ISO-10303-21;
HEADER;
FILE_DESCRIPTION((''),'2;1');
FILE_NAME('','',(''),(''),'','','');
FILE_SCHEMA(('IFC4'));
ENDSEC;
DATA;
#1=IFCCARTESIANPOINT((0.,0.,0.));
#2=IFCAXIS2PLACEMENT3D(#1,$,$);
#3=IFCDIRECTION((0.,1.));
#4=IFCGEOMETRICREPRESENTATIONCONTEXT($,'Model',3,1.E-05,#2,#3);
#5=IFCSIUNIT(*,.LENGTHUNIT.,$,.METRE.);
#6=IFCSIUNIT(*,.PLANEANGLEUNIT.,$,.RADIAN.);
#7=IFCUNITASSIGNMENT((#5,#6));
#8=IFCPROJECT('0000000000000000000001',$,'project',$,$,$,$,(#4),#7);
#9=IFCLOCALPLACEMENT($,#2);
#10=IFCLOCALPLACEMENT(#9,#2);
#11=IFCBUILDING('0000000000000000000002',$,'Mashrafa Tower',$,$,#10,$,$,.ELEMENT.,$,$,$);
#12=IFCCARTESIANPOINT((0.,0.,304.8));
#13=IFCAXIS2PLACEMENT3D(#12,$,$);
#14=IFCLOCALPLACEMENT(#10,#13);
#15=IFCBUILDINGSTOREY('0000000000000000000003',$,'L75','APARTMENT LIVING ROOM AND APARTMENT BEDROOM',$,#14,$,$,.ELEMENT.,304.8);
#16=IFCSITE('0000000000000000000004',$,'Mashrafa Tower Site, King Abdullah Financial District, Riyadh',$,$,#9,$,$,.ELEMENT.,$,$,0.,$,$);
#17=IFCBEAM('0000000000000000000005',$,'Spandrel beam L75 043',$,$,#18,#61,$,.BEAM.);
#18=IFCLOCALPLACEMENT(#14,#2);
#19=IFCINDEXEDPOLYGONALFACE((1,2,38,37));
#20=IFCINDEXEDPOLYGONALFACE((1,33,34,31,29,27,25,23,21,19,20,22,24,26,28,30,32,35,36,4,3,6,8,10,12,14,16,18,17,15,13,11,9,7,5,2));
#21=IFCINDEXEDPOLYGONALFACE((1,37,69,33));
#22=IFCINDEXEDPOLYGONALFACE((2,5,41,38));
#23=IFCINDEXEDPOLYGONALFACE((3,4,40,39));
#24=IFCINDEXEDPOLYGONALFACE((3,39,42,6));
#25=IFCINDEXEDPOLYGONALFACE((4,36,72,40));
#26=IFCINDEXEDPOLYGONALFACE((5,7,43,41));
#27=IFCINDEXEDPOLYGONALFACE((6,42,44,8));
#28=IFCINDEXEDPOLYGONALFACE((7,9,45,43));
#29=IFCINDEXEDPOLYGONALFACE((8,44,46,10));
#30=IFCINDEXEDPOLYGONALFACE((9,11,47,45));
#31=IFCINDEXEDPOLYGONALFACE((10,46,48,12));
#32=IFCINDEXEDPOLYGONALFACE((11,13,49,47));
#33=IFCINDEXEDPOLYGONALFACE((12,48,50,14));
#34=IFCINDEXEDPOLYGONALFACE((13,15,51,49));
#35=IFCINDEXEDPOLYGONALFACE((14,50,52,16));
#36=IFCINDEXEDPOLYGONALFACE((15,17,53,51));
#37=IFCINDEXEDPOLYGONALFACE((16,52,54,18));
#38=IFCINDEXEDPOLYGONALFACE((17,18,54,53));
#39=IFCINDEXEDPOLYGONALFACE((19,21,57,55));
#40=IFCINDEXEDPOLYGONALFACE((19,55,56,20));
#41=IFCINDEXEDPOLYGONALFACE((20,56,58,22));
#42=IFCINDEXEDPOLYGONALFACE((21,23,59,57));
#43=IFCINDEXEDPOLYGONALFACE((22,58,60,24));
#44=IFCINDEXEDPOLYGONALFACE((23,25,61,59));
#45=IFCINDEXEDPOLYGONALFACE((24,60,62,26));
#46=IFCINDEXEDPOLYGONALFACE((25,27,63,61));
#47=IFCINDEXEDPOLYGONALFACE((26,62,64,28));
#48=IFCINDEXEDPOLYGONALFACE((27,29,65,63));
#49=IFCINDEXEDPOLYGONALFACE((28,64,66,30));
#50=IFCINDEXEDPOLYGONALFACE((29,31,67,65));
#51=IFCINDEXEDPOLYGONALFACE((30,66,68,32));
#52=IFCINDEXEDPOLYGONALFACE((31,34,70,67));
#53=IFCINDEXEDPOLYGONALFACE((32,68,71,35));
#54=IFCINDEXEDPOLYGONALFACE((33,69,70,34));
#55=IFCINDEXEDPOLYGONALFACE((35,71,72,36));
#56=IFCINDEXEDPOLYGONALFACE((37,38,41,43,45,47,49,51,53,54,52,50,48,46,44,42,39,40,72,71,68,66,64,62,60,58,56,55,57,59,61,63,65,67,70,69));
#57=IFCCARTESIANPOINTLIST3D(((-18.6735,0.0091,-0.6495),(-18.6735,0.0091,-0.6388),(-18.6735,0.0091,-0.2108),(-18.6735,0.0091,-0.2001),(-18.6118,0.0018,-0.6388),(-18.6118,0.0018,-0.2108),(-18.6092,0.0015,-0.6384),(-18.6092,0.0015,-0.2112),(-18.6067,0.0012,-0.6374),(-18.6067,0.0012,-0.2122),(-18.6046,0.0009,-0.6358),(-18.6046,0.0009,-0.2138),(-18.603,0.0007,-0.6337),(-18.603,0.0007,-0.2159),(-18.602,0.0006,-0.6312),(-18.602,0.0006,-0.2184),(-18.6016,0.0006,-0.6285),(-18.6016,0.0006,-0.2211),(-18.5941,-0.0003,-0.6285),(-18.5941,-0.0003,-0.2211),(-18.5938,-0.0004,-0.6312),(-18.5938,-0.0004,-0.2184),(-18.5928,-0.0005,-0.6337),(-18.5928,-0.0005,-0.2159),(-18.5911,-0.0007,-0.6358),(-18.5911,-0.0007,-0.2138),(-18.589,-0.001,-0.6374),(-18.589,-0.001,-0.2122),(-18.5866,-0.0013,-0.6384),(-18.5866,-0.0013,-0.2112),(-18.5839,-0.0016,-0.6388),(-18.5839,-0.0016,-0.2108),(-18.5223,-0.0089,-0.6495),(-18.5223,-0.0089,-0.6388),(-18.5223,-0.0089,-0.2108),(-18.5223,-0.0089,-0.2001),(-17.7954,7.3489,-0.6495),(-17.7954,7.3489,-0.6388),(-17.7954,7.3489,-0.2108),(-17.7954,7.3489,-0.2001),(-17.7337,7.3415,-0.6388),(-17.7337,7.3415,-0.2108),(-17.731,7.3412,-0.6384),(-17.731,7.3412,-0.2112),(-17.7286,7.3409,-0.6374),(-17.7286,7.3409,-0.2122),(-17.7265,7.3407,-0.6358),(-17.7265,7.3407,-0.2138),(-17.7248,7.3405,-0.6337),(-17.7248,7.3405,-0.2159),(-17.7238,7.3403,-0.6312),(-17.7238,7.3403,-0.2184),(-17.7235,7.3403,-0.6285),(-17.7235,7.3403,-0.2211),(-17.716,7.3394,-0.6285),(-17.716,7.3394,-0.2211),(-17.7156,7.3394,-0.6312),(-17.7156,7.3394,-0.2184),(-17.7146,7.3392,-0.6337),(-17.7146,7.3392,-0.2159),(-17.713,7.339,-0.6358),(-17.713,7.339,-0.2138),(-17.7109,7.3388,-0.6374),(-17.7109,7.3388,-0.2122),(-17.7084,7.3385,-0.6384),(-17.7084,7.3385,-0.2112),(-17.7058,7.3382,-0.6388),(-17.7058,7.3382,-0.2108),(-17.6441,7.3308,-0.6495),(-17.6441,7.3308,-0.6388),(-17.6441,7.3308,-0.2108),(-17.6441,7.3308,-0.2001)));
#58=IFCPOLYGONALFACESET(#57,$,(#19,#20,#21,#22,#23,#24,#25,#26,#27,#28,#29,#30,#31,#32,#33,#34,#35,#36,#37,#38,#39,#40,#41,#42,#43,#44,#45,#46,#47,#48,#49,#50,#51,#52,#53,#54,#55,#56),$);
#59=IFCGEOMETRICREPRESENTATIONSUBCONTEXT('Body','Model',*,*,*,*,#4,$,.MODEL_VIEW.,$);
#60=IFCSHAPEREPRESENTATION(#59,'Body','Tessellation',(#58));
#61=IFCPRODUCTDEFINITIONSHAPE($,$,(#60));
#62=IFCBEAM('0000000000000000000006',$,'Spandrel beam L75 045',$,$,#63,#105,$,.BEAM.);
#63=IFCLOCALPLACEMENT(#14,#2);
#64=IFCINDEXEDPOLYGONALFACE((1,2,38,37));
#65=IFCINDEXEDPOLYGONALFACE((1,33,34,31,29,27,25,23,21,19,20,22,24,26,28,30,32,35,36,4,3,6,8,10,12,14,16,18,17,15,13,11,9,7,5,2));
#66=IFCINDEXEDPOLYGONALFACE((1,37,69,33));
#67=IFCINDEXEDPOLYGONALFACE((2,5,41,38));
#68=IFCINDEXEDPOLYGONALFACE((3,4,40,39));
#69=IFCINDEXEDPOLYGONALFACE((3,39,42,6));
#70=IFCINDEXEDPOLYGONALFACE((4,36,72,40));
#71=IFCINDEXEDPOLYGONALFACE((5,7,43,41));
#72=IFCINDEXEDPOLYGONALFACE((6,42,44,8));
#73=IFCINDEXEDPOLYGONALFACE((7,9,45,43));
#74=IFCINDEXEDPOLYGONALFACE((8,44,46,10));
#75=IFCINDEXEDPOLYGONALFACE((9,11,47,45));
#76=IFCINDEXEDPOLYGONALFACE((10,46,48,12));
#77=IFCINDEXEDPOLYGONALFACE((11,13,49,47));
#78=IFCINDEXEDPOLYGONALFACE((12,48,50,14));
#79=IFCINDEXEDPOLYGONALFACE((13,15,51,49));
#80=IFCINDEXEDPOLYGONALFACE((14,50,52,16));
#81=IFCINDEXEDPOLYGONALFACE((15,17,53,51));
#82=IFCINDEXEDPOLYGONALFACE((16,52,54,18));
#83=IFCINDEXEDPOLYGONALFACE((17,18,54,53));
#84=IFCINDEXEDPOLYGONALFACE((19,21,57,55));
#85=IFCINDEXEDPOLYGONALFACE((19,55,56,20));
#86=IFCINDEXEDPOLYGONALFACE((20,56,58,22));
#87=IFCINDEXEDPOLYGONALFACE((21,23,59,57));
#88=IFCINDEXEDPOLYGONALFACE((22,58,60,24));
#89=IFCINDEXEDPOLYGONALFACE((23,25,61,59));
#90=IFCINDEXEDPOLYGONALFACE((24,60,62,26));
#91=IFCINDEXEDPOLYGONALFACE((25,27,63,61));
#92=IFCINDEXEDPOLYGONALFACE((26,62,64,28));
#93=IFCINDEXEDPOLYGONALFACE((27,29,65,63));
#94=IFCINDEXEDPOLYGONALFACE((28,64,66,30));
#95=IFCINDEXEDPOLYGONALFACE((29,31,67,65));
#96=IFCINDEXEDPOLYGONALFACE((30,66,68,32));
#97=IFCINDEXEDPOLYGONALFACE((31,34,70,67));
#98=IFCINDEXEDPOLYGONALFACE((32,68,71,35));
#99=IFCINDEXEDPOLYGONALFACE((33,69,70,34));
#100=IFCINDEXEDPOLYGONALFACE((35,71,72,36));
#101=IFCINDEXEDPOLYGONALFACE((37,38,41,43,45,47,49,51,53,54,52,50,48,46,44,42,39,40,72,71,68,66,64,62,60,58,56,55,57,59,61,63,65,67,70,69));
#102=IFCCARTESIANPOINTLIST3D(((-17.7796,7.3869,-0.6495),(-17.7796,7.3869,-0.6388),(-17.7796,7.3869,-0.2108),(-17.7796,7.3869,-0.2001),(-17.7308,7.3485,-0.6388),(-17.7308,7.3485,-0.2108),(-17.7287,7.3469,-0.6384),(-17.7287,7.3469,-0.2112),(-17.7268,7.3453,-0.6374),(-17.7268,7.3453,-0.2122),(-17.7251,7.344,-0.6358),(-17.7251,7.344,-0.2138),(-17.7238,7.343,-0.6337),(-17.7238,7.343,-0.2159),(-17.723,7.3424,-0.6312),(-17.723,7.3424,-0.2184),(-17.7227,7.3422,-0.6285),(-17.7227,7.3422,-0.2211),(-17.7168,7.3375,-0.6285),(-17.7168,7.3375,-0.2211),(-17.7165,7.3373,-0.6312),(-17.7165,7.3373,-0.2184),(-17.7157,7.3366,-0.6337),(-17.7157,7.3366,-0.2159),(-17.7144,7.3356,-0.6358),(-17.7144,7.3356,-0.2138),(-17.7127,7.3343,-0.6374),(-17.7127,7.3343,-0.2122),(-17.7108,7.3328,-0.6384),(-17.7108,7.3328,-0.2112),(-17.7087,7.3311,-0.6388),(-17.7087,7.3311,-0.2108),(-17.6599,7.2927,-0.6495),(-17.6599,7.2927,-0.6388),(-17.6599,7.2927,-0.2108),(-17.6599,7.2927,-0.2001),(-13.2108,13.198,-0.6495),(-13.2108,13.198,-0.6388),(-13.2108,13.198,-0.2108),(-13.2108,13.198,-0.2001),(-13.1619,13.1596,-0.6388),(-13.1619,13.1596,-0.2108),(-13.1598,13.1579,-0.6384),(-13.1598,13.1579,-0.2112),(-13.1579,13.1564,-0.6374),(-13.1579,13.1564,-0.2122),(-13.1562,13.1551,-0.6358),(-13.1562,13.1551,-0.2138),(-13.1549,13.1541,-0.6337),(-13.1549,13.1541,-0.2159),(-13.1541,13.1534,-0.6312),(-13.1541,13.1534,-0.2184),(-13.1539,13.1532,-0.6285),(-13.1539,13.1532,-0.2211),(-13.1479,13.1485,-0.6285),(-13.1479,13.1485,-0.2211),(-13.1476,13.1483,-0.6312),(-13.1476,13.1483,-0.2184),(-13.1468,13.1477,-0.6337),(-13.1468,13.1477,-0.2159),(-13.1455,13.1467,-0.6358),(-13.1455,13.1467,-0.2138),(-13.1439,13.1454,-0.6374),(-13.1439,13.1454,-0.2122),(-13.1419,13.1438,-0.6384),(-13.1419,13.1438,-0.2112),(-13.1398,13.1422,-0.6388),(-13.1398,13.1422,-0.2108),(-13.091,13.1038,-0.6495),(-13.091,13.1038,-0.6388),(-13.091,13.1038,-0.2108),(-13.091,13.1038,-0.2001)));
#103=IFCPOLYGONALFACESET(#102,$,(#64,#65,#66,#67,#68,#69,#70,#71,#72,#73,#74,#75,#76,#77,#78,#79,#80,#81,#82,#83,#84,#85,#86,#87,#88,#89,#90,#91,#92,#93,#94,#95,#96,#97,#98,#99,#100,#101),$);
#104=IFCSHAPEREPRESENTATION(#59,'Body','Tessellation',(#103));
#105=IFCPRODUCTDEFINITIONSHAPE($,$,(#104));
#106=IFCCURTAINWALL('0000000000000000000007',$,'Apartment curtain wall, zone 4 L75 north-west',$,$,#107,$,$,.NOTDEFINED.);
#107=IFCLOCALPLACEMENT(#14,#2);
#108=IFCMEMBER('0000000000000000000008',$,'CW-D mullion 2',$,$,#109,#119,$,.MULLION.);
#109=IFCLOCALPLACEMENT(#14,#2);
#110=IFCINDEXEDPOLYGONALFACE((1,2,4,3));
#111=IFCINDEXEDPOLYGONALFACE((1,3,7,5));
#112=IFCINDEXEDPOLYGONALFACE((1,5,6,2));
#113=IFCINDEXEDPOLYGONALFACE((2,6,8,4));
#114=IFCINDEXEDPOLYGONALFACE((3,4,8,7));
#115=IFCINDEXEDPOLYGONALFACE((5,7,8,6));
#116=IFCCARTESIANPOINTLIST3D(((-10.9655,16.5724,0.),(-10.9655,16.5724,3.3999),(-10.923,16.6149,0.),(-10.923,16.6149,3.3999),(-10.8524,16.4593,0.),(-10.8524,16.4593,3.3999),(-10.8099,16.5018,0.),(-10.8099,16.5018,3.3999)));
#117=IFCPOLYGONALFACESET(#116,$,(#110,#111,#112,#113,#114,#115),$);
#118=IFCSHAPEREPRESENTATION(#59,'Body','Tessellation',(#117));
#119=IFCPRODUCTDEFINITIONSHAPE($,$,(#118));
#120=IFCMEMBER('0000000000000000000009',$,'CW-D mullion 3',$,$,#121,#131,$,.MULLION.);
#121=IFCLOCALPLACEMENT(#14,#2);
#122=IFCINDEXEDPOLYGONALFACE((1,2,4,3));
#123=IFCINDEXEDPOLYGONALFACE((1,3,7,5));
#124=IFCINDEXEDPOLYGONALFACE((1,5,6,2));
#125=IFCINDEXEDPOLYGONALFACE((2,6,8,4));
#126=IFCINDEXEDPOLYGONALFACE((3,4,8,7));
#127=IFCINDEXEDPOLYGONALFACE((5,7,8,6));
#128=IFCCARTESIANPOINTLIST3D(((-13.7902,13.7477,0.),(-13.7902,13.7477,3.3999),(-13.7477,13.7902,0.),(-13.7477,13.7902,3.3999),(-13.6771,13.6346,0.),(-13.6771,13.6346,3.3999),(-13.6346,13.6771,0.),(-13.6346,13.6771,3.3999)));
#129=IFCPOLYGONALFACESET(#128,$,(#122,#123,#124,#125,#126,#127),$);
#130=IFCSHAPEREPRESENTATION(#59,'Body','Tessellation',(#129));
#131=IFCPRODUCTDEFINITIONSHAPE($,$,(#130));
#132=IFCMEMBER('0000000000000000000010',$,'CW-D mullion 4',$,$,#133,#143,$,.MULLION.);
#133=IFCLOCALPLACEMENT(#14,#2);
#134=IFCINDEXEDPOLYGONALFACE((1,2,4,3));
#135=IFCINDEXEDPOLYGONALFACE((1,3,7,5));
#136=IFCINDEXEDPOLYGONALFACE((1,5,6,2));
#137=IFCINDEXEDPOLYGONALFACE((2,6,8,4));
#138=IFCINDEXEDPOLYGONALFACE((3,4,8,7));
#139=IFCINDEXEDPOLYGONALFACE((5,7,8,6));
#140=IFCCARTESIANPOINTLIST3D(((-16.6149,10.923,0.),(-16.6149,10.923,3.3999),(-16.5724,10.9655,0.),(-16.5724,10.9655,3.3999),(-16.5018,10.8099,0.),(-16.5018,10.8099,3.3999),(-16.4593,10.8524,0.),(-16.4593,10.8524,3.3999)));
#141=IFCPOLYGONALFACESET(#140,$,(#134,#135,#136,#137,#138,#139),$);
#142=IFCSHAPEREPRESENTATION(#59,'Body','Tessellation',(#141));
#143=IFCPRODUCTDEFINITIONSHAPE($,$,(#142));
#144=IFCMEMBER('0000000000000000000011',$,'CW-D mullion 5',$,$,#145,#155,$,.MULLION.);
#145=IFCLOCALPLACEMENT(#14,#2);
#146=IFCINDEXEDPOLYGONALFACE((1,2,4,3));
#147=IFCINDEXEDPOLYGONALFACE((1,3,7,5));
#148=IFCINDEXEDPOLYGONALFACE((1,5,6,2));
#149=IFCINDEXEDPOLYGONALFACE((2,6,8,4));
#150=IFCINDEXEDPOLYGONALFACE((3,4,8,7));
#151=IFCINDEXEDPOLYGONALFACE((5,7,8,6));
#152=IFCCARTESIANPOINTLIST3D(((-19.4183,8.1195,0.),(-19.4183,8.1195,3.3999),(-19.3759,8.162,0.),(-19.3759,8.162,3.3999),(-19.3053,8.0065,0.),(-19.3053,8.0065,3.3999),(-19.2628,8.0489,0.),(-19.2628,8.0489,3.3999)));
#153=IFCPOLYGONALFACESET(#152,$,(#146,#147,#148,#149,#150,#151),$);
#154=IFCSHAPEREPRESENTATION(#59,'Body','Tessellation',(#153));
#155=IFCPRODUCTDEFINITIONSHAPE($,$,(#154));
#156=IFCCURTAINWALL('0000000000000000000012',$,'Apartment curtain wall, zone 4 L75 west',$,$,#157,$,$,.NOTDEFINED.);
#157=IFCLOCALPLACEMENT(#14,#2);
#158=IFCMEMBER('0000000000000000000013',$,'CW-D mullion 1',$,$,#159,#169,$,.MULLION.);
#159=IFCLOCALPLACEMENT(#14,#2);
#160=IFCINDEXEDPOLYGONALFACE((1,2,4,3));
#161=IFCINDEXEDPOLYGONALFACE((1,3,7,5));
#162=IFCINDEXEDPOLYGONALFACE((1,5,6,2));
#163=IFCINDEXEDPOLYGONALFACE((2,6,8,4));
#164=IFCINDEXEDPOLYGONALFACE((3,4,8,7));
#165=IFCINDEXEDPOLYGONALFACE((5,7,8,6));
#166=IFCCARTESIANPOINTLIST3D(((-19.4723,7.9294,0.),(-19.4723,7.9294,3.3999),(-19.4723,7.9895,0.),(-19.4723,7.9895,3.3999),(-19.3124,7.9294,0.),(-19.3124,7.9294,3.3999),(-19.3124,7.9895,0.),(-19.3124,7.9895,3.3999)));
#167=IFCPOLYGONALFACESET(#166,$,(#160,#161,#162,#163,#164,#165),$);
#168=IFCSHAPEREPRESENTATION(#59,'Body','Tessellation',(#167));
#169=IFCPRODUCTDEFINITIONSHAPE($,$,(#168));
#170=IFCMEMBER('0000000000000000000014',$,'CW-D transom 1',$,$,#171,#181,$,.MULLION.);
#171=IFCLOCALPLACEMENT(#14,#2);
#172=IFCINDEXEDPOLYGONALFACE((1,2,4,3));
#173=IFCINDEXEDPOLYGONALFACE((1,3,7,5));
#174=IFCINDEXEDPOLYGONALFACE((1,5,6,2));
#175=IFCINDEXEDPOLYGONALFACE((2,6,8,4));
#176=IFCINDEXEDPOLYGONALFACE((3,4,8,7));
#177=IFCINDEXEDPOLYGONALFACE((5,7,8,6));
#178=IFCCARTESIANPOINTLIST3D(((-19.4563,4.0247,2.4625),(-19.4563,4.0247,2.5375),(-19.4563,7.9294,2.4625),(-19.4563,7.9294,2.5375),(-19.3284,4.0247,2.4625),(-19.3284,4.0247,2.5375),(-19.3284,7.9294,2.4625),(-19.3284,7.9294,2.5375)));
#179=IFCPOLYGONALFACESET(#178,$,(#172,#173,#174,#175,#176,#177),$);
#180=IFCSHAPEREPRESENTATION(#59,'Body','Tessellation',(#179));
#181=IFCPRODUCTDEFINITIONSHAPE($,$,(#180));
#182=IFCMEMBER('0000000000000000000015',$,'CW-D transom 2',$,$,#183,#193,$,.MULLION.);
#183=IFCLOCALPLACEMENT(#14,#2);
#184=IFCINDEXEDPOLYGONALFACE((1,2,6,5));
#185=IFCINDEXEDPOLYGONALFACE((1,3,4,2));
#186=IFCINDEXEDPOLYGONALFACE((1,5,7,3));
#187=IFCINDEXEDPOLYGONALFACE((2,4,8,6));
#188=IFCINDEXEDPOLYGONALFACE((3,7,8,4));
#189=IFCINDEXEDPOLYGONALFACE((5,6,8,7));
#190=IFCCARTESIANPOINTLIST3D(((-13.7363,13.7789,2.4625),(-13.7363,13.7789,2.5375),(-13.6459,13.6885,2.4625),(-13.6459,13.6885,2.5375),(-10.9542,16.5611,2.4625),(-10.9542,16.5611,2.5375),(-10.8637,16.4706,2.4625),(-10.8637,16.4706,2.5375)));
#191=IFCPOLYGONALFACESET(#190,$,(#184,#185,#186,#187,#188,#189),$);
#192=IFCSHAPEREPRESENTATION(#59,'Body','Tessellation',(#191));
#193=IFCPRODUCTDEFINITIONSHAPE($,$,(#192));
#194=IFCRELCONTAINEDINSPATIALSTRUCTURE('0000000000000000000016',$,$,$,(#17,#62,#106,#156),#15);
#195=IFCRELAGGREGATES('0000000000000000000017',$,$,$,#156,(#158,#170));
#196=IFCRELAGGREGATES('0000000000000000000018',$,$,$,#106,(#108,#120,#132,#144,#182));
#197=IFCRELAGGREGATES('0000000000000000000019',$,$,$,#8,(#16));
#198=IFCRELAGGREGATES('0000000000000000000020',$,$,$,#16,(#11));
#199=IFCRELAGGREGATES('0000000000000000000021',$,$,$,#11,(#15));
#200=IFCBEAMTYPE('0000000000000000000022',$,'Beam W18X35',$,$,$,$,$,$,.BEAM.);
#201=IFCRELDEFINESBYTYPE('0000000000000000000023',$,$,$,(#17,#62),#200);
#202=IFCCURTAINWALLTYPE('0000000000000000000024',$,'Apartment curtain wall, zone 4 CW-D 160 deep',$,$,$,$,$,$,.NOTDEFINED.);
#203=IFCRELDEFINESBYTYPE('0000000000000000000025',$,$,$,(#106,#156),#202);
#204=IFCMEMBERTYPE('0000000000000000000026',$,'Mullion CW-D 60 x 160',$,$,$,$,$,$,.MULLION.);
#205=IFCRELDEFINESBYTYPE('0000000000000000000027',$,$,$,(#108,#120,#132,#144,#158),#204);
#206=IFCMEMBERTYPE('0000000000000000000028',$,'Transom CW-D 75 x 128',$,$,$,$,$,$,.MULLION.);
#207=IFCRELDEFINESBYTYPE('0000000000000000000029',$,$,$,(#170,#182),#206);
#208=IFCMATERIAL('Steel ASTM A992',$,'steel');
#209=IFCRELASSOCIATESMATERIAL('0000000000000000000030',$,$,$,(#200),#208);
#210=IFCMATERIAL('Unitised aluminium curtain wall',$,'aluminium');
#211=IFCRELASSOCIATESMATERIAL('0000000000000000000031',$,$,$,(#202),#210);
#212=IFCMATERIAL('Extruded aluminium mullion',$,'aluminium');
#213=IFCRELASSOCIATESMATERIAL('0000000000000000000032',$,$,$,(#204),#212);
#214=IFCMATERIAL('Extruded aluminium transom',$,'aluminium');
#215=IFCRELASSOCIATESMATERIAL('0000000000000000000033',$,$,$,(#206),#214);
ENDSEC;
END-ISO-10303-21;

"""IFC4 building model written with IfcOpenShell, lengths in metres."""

from ifc_helpers import new_model, si_unit, direction, frame, origin, origin_2d, place, context, subcontext, project, spatial, rectangle, i_section, extrude, source, transform, mapped, material, material_profile, profile_set, type_object, type_shapes, element, aggregate, save


model = new_model("IFC4")

# Units and contexts
model_context = context("Model", 3, precision=1e-05, world=origin(), true_north=direction((0.0, 1.0)))
body_context = subcontext(model_context, "Body", "Model", "MODEL_VIEW")
ifc_project = project(units=[si_unit("LENGTHUNIT", "METRE"), si_unit("PLANEANGLEUNIT", "RADIAN")], contexts=[model_context])

# Site, building, storey
site_placement = place(None, origin())
site = spatial("IfcSite", under=ifc_project, at=site_placement, Name="Mashrafa Tower Site, King Abdullah Financial District, Riyadh", CompositionType="ELEMENT", RefElevation=0.0)
building_placement = place(site_placement, origin())
building = spatial("IfcBuilding", under=site, at=building_placement, Name="Mashrafa Tower", CompositionType="ELEMENT")
storey_placement = place(building_placement, frame((0.0, 0.0, 304.8)))
storey = spatial("IfcBuildingStorey", under=building, at=storey_placement, Name="L75", Description="APARTMENT LIVING ROOM AND APARTMENT BEDROOM", CompositionType="ELEMENT", Elevation=304.8)

# Beams
ifc_material_1 = material(Name="Steel ASTM A992", Category="steel")
ifc_material_profile_1 = material_profile(ifc_material_1, i_section(OverallWidth=0.1523, OverallDepth=0.4495, WebThickness=0.0076, FlangeThickness=0.0107, FilletRadius=0.0103, at=origin_2d()), Name="W18X35")
ifc_profile_set_1 = profile_set([ifc_material_profile_1], Name="Steel ASTM A992")
beam_type_1 = type_object("IfcBeamType", Name="Beam W18X35", PredefinedType="BEAM", material=ifc_profile_set_1)
for number, where, z_axis, x_axis, name in (
    (1, (-17.7197, 7.3398, -0.4248), (-0.118797, -0.992919, 0.0), (0.992919, -0.118797, 0.0), "Spandrel beam L75 043"),
    (2, (-13.1509, 13.1509, -0.4248), (-0.618075, -0.786119, 0.0), (0.786119, -0.618075, 0.0), "Spandrel beam L75 045"),
):
    element("IfcBeam", number, at=place(storey_placement, frame(where, z_axis=z_axis, x_axis=x_axis)), inside=storey, type_object=beam_type_1, Name=name, PredefinedType="BEAM", context=body_context, shape_type="SweptSolid", body=[
        extrude(i_section(OverallWidth=0.1523, OverallDepth=0.4495, WebThickness=0.0076, FlangeThickness=0.0107, FilletRadius=0.0103, at=origin_2d()), origin(), (0.0, 0.0, 1.0), 7.3921),
    ])

# Curtain walls, members
ifc_material_2 = material(Name="Unitised aluminium curtain wall", Category="aluminium")
curtain_wall_type = type_object("IfcCurtainWallType", Name="Apartment curtain wall, zone 4 CW-D 160 deep", PredefinedType="NOTDEFINED", material=ifc_material_2)
curtain_wall_1_placement = place(storey_placement, origin())
curtain_wall_1 = element("IfcCurtainWall", 3, at=curtain_wall_1_placement, inside=storey, type_object=curtain_wall_type, Name="Apartment curtain wall, zone 4 L75 north-west", PredefinedType="NOTDEFINED")
ifc_material_3 = material(Name="Extruded aluminium mullion", Category="aluminium")
ifc_material_profile_2 = material_profile(ifc_material_3, rectangle(XDim=0.1599, YDim=0.0601, at=origin_2d()), Name="Mullion 60x160")
ifc_profile_set_2 = profile_set([ifc_material_profile_2], Name="Extruded aluminium mullion")
member_type_1 = type_object("IfcMemberType", Name="Mullion CW-D 60 x 160", PredefinedType="MULLION", material=ifc_profile_set_2)
shared_shape_1 = source(origin(), body_context, "Body", "SweptSolid", [
    extrude(rectangle(XDim=0.1599, YDim=0.0601, at=origin_2d()), origin(), (0.0, 0.0, 1.0), 3.3999),
])
type_shapes(member_type_1, [shared_shape_1])
member_1_placement = place(storey_placement, frame((-10.8877, 16.5371, 0.0), z_axis=(0.0, 0.0, 1.0), x_axis=(0.707107, -0.707107, 0.0)))
member_1 = element("IfcMember", 4, at=member_1_placement, type_object=member_type_1, Name="CW-D mullion 2", PredefinedType="MULLION", context=body_context, shape_type="MappedRepresentation", body=[
    mapped(shared_shape_1, transform((0.0, 0.0, 0.0))),
])
member_2_placement = place(storey_placement, frame((-13.7124, 13.7124, 0.0), z_axis=(0.0, 0.0, 1.0), x_axis=(0.707107, -0.707107, 0.0)))
member_2 = element("IfcMember", 5, at=member_2_placement, type_object=member_type_1, Name="CW-D mullion 3", PredefinedType="MULLION", context=body_context, shape_type="MappedRepresentation", body=[
    mapped(shared_shape_1, transform((0.0, 0.0, 0.0))),
])
member_3_placement = place(storey_placement, frame((-16.5371, 10.8877, 0.0), z_axis=(0.0, 0.0, 1.0), x_axis=(0.707107, -0.707107, 0.0)))
member_3 = element("IfcMember", 6, at=member_3_placement, type_object=member_type_1, Name="CW-D mullion 4", PredefinedType="MULLION", context=body_context, shape_type="MappedRepresentation", body=[
    mapped(shared_shape_1, transform((0.0, 0.0, 0.0))),
])
member_4_placement = place(storey_placement, frame((-19.3406, 8.0842, 0.0), z_axis=(0.0, 0.0, 1.0), x_axis=(0.707107, -0.707107, 0.0)))
member_4 = element("IfcMember", 7, at=member_4_placement, type_object=member_type_1, Name="CW-D mullion 5", PredefinedType="MULLION", context=body_context, shape_type="MappedRepresentation", body=[
    mapped(shared_shape_1, transform((0.0, 0.0, 0.0))),
])
curtain_wall_2_placement = place(storey_placement, origin())
curtain_wall_2 = element("IfcCurtainWall", 8, at=curtain_wall_2_placement, inside=storey, type_object=curtain_wall_type, Name="Apartment curtain wall, zone 4 L75 west", PredefinedType="NOTDEFINED")
member_5_placement = place(storey_placement, frame((-19.3923, 7.9595, 0.0), z_axis=(0.0, 0.0, 1.0), x_axis=(1.0, 0.0, 0.0)))
member_5 = element("IfcMember", 9, at=member_5_placement, type_object=member_type_1, Name="CW-D mullion 1", PredefinedType="MULLION", context=body_context, shape_type="MappedRepresentation", body=[
    mapped(shared_shape_1, transform((0.0, 0.0, 0.0))),
])
ifc_material_4 = material(Name="Extruded aluminium transom", Category="aluminium")
ifc_material_profile_3 = material_profile(ifc_material_4, rectangle(XDim=0.1279, YDim=0.075, at=origin_2d()), Name="Transom 75x128")
ifc_profile_set_3 = profile_set([ifc_material_profile_3], Name="Extruded aluminium transom")
member_type_2 = type_object("IfcMemberType", Name="Transom CW-D 75 x 128", PredefinedType="MULLION", material=ifc_profile_set_3)
shared_shape_2 = source(origin(), body_context, "Body", "SweptSolid", [
    extrude(rectangle(XDim=0.1279, YDim=0.075, at=origin_2d()), origin(), (0.0, 0.0, 1.0), 3.9048),
])
member_6_placement = place(storey_placement, frame((-19.3923, 7.9294, 2.5), z_axis=(0.0, -1.0, 0.0), x_axis=(1.0, 0.0, 0.0)))
member_6 = element("IfcMember", 10, at=member_6_placement, type_object=member_type_2, Name="CW-D transom 1", PredefinedType="MULLION", context=body_context, shape_type="MappedRepresentation", body=[
    mapped(shared_shape_2, transform((0.0, 0.0, 0.0))),
])
aggregate(curtain_wall_2, [member_5, member_6])

# Member
shared_shape_3 = source(origin(), body_context, "Body", "SweptSolid", [
    extrude(rectangle(XDim=0.1279, YDim=0.075, at=origin_2d()), origin(), (0.0, 0.0, 1.0), 3.9346),
])
member_7_placement = place(storey_placement, frame((-10.9089, 16.5159, 2.5), z_axis=(-0.707107, -0.707107, 0.0), x_axis=(0.707107, -0.707107, 0.0)))
member_7 = element("IfcMember", 11, at=member_7_placement, type_object=member_type_2, Name="CW-D transom 2", PredefinedType="MULLION", context=body_context, shape_type="MappedRepresentation", body=[
    mapped(shared_shape_3, transform((0.0, 0.0, 0.0))),
])

aggregate(curtain_wall_1, [member_1, member_2, member_3, member_4, member_7])

save(model, "model.ifc")
